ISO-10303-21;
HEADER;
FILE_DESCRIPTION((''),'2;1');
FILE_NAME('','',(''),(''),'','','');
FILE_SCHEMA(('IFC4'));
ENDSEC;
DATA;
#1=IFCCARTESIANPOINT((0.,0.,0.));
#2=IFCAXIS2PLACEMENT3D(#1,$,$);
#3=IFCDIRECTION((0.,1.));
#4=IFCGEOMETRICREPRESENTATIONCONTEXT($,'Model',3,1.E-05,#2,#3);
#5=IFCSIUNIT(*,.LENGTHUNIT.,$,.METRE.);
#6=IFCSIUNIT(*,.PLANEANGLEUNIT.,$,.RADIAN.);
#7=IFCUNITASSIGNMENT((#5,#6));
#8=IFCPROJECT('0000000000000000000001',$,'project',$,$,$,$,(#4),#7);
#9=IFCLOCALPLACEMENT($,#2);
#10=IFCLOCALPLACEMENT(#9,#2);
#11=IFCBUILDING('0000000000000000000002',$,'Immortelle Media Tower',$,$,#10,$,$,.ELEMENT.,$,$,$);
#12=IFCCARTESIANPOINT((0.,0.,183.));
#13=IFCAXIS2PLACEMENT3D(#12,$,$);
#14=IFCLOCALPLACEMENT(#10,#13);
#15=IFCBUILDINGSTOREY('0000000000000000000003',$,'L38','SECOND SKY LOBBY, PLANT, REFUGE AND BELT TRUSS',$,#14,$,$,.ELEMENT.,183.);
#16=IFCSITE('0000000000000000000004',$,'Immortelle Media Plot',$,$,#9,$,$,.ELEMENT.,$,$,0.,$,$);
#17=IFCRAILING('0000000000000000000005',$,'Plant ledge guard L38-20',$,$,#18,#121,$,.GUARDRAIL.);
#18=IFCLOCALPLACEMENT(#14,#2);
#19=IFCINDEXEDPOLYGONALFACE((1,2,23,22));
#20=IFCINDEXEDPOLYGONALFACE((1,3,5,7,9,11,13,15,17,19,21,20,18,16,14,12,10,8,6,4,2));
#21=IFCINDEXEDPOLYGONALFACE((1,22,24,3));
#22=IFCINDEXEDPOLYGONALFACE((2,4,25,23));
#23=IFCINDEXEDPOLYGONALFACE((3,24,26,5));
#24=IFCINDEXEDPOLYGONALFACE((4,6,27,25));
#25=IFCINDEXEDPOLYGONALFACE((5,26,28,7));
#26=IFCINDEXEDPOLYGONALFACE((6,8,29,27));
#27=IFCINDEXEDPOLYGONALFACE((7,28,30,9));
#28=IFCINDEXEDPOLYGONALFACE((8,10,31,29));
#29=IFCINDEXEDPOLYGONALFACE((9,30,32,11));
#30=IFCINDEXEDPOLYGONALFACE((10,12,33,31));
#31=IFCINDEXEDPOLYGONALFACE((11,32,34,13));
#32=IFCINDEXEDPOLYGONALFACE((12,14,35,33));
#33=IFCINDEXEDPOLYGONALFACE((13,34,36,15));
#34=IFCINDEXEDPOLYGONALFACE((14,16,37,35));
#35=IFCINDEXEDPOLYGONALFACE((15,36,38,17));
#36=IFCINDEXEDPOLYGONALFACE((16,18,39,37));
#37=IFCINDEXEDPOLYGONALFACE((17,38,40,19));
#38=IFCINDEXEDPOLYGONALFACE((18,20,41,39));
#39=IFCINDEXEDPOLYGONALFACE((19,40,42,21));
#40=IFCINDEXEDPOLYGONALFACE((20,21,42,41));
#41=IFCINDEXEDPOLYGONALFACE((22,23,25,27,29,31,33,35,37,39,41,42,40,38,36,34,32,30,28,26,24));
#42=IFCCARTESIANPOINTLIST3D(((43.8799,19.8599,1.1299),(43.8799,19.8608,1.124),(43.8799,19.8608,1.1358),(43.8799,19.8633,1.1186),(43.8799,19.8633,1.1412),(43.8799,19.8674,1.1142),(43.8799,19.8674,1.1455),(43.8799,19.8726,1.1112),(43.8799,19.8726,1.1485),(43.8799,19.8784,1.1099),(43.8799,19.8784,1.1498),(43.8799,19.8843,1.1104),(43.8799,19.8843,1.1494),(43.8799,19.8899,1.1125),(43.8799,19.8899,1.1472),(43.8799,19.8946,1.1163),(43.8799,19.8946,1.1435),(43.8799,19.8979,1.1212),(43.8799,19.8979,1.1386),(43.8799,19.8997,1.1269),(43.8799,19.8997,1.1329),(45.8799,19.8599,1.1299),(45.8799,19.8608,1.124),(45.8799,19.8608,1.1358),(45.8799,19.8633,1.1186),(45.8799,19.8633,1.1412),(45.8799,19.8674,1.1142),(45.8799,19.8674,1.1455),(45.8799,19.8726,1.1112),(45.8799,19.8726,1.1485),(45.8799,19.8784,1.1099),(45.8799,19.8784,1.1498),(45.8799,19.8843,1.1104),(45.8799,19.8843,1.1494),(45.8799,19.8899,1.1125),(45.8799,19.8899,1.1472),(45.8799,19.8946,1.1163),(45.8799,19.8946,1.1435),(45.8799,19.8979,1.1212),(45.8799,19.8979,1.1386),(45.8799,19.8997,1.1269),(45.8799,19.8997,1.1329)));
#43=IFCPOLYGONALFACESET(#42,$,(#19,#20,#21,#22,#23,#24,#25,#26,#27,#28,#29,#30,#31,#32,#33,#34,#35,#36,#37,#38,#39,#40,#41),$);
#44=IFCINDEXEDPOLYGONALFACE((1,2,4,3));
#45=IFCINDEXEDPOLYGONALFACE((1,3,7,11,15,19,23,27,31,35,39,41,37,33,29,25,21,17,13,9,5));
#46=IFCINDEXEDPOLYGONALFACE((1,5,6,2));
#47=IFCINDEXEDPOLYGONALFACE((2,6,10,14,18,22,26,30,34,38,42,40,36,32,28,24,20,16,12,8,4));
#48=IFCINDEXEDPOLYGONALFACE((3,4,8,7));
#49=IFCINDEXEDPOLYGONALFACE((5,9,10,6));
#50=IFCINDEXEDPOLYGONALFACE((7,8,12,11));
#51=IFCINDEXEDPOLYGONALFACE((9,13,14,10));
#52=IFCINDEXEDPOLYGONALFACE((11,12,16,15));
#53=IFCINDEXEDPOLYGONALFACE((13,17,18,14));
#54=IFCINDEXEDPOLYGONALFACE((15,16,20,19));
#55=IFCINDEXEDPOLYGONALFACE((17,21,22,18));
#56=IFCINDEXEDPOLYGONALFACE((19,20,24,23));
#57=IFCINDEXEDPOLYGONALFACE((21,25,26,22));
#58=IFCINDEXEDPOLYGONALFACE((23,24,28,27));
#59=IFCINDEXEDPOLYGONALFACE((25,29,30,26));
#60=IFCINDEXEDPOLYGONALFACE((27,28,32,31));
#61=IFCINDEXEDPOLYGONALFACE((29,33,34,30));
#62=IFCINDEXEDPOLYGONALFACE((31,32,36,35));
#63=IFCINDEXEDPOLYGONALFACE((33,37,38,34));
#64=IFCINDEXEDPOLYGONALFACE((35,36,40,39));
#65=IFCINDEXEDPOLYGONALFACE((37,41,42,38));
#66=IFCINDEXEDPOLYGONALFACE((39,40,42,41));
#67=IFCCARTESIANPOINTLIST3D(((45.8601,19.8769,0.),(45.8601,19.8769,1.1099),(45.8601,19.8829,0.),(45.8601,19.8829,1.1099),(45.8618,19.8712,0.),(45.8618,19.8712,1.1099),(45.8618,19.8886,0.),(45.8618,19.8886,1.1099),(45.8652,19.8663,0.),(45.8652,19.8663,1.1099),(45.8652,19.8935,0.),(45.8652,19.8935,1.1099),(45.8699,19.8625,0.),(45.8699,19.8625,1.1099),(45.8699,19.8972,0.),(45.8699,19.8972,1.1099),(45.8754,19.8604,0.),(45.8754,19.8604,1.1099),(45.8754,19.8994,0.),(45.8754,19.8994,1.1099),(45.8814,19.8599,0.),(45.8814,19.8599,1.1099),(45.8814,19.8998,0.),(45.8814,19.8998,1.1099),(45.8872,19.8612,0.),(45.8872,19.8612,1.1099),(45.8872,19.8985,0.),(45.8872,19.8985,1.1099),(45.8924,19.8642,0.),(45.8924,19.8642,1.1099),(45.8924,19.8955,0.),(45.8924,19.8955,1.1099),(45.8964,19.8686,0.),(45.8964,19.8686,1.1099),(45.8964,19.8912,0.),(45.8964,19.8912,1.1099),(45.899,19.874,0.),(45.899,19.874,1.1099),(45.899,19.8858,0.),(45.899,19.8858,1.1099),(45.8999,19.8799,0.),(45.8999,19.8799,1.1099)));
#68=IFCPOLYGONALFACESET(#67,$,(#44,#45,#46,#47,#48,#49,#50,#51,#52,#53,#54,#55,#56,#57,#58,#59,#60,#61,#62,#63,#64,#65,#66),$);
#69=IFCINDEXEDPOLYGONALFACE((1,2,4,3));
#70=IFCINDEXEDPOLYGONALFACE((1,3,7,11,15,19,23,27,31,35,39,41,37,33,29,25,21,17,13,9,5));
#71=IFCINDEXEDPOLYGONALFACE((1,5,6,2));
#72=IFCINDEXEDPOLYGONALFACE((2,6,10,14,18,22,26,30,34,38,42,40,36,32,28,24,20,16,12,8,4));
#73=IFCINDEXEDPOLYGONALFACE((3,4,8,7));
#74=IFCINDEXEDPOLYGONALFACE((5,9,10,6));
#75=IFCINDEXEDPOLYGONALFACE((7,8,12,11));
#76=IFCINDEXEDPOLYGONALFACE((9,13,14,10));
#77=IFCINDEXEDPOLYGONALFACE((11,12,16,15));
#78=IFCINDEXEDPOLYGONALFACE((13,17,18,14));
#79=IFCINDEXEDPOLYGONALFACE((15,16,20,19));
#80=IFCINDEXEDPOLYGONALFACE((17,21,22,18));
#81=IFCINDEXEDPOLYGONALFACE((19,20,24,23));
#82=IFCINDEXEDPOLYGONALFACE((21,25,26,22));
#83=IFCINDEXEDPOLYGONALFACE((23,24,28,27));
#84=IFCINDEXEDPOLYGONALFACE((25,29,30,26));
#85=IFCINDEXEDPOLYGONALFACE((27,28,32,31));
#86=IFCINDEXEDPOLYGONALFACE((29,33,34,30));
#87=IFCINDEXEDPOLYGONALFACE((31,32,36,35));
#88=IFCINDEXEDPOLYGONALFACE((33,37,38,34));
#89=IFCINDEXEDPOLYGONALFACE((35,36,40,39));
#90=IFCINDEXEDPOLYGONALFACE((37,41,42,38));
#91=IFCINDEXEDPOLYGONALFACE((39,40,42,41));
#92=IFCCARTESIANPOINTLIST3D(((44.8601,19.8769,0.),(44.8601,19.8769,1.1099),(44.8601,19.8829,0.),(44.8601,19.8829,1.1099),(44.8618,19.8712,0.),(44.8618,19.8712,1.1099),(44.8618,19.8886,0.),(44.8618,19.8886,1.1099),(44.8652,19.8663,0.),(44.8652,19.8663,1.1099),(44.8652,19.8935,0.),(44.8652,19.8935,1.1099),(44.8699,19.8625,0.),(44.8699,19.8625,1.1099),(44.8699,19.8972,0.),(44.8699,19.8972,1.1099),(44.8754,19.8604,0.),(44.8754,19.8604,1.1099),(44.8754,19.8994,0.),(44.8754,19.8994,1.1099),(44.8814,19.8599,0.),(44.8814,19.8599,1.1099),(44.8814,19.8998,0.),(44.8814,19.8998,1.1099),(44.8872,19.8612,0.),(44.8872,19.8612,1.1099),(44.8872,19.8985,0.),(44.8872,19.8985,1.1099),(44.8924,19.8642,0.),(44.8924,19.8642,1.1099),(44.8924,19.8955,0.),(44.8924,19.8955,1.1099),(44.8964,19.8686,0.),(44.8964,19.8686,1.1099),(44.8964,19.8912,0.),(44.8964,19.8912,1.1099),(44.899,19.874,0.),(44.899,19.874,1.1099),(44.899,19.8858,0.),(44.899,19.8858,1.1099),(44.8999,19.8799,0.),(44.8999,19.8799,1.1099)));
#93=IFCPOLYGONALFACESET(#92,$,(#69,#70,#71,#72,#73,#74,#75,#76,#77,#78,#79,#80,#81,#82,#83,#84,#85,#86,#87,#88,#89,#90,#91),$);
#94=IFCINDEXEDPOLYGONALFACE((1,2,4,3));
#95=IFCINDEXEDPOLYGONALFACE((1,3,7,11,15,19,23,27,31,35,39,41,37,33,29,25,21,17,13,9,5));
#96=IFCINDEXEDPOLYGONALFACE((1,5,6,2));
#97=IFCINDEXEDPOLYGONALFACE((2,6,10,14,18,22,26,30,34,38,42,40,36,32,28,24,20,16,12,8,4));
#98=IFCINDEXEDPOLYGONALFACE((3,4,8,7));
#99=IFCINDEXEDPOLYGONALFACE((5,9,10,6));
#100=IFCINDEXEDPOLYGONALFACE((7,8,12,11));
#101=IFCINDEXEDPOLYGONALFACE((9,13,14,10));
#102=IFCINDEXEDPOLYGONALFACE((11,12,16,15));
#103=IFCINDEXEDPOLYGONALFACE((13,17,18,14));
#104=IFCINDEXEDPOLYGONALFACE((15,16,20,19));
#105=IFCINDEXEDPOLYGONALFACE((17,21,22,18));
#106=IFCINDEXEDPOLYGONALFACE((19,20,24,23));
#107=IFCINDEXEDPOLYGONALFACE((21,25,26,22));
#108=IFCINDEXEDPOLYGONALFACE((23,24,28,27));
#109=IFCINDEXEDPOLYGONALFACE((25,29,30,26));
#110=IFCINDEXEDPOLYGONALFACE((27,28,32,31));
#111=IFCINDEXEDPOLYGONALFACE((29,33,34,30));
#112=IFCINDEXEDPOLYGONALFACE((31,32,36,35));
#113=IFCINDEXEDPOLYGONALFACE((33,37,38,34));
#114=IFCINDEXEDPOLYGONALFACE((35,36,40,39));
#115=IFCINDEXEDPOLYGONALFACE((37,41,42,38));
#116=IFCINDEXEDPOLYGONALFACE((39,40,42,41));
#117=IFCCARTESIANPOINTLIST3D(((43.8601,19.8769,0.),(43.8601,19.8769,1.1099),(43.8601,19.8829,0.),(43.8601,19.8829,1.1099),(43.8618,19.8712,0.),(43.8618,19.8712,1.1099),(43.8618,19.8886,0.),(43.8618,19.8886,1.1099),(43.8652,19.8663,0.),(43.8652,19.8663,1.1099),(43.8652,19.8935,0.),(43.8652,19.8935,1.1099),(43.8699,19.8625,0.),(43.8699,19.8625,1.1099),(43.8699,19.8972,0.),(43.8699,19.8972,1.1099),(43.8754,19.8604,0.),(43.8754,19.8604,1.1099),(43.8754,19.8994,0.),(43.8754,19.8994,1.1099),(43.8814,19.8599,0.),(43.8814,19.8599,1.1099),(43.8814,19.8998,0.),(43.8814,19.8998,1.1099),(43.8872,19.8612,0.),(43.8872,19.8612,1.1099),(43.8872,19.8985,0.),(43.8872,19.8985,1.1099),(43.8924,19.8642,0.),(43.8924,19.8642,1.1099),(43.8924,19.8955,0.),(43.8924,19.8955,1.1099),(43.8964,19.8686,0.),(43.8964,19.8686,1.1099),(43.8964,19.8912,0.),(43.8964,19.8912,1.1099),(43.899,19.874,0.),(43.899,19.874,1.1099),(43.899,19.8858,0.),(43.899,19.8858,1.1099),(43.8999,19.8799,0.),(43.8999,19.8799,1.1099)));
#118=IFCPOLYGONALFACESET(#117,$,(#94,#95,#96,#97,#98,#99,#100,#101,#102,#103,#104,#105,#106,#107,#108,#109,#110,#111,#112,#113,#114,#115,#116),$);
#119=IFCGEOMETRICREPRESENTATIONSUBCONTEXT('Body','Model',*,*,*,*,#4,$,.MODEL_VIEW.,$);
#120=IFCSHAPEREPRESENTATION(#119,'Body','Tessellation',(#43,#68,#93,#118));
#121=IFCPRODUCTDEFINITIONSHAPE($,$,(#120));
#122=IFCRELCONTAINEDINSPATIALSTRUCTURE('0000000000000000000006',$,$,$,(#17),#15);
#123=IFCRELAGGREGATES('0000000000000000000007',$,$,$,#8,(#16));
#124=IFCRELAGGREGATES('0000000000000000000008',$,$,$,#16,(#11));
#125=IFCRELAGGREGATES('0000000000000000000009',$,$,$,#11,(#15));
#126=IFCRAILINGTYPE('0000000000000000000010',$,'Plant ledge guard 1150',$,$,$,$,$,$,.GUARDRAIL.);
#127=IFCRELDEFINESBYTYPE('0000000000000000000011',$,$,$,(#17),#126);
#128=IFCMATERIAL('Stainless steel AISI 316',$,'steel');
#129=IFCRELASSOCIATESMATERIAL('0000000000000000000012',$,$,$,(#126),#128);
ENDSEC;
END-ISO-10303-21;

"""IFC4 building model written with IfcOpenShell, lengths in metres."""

from ifc_helpers import new_model, si_unit, direction, frame, origin, origin_2d, place, context, subcontext, project, spatial, circle, extrude, material, type_object, element, save


model = new_model("IFC4")

# Units and contexts
model_context = context("Model", 3, precision=1e-05, world=origin(), true_north=direction((0.0, 1.0)))
body_context = subcontext(model_context, "Body", "Model", "MODEL_VIEW")
ifc_project = project(units=[si_unit("LENGTHUNIT", "METRE"), si_unit("PLANEANGLEUNIT", "RADIAN")], contexts=[model_context])

# Site, building, storey
site_placement = place(None, origin())
site = spatial("IfcSite", under=ifc_project, at=site_placement, Name="Immortelle Media Plot", CompositionType="ELEMENT", RefElevation=0.0)
building_placement = place(site_placement, origin())
building = spatial("IfcBuilding", under=site, at=building_placement, Name="Immortelle Media Tower", CompositionType="ELEMENT")
storey_placement = place(building_placement, frame((0.0, 0.0, 183.0)))
storey = spatial("IfcBuildingStorey", under=building, at=storey_placement, Name="L38", Description="SECOND SKY LOBBY, PLANT, REFUGE AND BELT TRUSS", CompositionType="ELEMENT", Elevation=183.0)

# Railing
ifc_material_1 = material(Name="Stainless steel AISI 316", Category="steel")
railing_type = type_object("IfcRailingType", Name="Plant ledge guard 1150", PredefinedType="GUARDRAIL", material=ifc_material_1)
railing_1_placement = place(storey_placement, frame((45.8799, 19.8799, 0.0)))
element("IfcRailing", 1, at=railing_1_placement, inside=storey, type_object=railing_type, Name="Plant ledge guard L38-20", PredefinedType="GUARDRAIL", context=body_context, shape_type="SweptSolid", body=[
    extrude(circle(Radius=0.02, at=origin_2d()), frame((0.0, 0.0, 1.1299), z_axis=(-1.0, 0.0, 0.0), x_axis=(0.0, -1.0, 0.0)), (0.0, 0.0, 1.0), 2.0),
    extrude(circle(Radius=0.02, at=origin_2d()), origin(), (0.0, 0.0, 1.0), 1.1099),
    extrude(circle(Radius=0.02, at=origin_2d()), frame((-1.0, 0.0, 0.0)), (0.0, 0.0, 1.0), 1.1099),
    extrude(circle(Radius=0.02, at=origin_2d()), frame((-2.0, 0.0, 0.0)), (0.0, 0.0, 1.0), 1.1099),
])

save(model, "model.ifc")
